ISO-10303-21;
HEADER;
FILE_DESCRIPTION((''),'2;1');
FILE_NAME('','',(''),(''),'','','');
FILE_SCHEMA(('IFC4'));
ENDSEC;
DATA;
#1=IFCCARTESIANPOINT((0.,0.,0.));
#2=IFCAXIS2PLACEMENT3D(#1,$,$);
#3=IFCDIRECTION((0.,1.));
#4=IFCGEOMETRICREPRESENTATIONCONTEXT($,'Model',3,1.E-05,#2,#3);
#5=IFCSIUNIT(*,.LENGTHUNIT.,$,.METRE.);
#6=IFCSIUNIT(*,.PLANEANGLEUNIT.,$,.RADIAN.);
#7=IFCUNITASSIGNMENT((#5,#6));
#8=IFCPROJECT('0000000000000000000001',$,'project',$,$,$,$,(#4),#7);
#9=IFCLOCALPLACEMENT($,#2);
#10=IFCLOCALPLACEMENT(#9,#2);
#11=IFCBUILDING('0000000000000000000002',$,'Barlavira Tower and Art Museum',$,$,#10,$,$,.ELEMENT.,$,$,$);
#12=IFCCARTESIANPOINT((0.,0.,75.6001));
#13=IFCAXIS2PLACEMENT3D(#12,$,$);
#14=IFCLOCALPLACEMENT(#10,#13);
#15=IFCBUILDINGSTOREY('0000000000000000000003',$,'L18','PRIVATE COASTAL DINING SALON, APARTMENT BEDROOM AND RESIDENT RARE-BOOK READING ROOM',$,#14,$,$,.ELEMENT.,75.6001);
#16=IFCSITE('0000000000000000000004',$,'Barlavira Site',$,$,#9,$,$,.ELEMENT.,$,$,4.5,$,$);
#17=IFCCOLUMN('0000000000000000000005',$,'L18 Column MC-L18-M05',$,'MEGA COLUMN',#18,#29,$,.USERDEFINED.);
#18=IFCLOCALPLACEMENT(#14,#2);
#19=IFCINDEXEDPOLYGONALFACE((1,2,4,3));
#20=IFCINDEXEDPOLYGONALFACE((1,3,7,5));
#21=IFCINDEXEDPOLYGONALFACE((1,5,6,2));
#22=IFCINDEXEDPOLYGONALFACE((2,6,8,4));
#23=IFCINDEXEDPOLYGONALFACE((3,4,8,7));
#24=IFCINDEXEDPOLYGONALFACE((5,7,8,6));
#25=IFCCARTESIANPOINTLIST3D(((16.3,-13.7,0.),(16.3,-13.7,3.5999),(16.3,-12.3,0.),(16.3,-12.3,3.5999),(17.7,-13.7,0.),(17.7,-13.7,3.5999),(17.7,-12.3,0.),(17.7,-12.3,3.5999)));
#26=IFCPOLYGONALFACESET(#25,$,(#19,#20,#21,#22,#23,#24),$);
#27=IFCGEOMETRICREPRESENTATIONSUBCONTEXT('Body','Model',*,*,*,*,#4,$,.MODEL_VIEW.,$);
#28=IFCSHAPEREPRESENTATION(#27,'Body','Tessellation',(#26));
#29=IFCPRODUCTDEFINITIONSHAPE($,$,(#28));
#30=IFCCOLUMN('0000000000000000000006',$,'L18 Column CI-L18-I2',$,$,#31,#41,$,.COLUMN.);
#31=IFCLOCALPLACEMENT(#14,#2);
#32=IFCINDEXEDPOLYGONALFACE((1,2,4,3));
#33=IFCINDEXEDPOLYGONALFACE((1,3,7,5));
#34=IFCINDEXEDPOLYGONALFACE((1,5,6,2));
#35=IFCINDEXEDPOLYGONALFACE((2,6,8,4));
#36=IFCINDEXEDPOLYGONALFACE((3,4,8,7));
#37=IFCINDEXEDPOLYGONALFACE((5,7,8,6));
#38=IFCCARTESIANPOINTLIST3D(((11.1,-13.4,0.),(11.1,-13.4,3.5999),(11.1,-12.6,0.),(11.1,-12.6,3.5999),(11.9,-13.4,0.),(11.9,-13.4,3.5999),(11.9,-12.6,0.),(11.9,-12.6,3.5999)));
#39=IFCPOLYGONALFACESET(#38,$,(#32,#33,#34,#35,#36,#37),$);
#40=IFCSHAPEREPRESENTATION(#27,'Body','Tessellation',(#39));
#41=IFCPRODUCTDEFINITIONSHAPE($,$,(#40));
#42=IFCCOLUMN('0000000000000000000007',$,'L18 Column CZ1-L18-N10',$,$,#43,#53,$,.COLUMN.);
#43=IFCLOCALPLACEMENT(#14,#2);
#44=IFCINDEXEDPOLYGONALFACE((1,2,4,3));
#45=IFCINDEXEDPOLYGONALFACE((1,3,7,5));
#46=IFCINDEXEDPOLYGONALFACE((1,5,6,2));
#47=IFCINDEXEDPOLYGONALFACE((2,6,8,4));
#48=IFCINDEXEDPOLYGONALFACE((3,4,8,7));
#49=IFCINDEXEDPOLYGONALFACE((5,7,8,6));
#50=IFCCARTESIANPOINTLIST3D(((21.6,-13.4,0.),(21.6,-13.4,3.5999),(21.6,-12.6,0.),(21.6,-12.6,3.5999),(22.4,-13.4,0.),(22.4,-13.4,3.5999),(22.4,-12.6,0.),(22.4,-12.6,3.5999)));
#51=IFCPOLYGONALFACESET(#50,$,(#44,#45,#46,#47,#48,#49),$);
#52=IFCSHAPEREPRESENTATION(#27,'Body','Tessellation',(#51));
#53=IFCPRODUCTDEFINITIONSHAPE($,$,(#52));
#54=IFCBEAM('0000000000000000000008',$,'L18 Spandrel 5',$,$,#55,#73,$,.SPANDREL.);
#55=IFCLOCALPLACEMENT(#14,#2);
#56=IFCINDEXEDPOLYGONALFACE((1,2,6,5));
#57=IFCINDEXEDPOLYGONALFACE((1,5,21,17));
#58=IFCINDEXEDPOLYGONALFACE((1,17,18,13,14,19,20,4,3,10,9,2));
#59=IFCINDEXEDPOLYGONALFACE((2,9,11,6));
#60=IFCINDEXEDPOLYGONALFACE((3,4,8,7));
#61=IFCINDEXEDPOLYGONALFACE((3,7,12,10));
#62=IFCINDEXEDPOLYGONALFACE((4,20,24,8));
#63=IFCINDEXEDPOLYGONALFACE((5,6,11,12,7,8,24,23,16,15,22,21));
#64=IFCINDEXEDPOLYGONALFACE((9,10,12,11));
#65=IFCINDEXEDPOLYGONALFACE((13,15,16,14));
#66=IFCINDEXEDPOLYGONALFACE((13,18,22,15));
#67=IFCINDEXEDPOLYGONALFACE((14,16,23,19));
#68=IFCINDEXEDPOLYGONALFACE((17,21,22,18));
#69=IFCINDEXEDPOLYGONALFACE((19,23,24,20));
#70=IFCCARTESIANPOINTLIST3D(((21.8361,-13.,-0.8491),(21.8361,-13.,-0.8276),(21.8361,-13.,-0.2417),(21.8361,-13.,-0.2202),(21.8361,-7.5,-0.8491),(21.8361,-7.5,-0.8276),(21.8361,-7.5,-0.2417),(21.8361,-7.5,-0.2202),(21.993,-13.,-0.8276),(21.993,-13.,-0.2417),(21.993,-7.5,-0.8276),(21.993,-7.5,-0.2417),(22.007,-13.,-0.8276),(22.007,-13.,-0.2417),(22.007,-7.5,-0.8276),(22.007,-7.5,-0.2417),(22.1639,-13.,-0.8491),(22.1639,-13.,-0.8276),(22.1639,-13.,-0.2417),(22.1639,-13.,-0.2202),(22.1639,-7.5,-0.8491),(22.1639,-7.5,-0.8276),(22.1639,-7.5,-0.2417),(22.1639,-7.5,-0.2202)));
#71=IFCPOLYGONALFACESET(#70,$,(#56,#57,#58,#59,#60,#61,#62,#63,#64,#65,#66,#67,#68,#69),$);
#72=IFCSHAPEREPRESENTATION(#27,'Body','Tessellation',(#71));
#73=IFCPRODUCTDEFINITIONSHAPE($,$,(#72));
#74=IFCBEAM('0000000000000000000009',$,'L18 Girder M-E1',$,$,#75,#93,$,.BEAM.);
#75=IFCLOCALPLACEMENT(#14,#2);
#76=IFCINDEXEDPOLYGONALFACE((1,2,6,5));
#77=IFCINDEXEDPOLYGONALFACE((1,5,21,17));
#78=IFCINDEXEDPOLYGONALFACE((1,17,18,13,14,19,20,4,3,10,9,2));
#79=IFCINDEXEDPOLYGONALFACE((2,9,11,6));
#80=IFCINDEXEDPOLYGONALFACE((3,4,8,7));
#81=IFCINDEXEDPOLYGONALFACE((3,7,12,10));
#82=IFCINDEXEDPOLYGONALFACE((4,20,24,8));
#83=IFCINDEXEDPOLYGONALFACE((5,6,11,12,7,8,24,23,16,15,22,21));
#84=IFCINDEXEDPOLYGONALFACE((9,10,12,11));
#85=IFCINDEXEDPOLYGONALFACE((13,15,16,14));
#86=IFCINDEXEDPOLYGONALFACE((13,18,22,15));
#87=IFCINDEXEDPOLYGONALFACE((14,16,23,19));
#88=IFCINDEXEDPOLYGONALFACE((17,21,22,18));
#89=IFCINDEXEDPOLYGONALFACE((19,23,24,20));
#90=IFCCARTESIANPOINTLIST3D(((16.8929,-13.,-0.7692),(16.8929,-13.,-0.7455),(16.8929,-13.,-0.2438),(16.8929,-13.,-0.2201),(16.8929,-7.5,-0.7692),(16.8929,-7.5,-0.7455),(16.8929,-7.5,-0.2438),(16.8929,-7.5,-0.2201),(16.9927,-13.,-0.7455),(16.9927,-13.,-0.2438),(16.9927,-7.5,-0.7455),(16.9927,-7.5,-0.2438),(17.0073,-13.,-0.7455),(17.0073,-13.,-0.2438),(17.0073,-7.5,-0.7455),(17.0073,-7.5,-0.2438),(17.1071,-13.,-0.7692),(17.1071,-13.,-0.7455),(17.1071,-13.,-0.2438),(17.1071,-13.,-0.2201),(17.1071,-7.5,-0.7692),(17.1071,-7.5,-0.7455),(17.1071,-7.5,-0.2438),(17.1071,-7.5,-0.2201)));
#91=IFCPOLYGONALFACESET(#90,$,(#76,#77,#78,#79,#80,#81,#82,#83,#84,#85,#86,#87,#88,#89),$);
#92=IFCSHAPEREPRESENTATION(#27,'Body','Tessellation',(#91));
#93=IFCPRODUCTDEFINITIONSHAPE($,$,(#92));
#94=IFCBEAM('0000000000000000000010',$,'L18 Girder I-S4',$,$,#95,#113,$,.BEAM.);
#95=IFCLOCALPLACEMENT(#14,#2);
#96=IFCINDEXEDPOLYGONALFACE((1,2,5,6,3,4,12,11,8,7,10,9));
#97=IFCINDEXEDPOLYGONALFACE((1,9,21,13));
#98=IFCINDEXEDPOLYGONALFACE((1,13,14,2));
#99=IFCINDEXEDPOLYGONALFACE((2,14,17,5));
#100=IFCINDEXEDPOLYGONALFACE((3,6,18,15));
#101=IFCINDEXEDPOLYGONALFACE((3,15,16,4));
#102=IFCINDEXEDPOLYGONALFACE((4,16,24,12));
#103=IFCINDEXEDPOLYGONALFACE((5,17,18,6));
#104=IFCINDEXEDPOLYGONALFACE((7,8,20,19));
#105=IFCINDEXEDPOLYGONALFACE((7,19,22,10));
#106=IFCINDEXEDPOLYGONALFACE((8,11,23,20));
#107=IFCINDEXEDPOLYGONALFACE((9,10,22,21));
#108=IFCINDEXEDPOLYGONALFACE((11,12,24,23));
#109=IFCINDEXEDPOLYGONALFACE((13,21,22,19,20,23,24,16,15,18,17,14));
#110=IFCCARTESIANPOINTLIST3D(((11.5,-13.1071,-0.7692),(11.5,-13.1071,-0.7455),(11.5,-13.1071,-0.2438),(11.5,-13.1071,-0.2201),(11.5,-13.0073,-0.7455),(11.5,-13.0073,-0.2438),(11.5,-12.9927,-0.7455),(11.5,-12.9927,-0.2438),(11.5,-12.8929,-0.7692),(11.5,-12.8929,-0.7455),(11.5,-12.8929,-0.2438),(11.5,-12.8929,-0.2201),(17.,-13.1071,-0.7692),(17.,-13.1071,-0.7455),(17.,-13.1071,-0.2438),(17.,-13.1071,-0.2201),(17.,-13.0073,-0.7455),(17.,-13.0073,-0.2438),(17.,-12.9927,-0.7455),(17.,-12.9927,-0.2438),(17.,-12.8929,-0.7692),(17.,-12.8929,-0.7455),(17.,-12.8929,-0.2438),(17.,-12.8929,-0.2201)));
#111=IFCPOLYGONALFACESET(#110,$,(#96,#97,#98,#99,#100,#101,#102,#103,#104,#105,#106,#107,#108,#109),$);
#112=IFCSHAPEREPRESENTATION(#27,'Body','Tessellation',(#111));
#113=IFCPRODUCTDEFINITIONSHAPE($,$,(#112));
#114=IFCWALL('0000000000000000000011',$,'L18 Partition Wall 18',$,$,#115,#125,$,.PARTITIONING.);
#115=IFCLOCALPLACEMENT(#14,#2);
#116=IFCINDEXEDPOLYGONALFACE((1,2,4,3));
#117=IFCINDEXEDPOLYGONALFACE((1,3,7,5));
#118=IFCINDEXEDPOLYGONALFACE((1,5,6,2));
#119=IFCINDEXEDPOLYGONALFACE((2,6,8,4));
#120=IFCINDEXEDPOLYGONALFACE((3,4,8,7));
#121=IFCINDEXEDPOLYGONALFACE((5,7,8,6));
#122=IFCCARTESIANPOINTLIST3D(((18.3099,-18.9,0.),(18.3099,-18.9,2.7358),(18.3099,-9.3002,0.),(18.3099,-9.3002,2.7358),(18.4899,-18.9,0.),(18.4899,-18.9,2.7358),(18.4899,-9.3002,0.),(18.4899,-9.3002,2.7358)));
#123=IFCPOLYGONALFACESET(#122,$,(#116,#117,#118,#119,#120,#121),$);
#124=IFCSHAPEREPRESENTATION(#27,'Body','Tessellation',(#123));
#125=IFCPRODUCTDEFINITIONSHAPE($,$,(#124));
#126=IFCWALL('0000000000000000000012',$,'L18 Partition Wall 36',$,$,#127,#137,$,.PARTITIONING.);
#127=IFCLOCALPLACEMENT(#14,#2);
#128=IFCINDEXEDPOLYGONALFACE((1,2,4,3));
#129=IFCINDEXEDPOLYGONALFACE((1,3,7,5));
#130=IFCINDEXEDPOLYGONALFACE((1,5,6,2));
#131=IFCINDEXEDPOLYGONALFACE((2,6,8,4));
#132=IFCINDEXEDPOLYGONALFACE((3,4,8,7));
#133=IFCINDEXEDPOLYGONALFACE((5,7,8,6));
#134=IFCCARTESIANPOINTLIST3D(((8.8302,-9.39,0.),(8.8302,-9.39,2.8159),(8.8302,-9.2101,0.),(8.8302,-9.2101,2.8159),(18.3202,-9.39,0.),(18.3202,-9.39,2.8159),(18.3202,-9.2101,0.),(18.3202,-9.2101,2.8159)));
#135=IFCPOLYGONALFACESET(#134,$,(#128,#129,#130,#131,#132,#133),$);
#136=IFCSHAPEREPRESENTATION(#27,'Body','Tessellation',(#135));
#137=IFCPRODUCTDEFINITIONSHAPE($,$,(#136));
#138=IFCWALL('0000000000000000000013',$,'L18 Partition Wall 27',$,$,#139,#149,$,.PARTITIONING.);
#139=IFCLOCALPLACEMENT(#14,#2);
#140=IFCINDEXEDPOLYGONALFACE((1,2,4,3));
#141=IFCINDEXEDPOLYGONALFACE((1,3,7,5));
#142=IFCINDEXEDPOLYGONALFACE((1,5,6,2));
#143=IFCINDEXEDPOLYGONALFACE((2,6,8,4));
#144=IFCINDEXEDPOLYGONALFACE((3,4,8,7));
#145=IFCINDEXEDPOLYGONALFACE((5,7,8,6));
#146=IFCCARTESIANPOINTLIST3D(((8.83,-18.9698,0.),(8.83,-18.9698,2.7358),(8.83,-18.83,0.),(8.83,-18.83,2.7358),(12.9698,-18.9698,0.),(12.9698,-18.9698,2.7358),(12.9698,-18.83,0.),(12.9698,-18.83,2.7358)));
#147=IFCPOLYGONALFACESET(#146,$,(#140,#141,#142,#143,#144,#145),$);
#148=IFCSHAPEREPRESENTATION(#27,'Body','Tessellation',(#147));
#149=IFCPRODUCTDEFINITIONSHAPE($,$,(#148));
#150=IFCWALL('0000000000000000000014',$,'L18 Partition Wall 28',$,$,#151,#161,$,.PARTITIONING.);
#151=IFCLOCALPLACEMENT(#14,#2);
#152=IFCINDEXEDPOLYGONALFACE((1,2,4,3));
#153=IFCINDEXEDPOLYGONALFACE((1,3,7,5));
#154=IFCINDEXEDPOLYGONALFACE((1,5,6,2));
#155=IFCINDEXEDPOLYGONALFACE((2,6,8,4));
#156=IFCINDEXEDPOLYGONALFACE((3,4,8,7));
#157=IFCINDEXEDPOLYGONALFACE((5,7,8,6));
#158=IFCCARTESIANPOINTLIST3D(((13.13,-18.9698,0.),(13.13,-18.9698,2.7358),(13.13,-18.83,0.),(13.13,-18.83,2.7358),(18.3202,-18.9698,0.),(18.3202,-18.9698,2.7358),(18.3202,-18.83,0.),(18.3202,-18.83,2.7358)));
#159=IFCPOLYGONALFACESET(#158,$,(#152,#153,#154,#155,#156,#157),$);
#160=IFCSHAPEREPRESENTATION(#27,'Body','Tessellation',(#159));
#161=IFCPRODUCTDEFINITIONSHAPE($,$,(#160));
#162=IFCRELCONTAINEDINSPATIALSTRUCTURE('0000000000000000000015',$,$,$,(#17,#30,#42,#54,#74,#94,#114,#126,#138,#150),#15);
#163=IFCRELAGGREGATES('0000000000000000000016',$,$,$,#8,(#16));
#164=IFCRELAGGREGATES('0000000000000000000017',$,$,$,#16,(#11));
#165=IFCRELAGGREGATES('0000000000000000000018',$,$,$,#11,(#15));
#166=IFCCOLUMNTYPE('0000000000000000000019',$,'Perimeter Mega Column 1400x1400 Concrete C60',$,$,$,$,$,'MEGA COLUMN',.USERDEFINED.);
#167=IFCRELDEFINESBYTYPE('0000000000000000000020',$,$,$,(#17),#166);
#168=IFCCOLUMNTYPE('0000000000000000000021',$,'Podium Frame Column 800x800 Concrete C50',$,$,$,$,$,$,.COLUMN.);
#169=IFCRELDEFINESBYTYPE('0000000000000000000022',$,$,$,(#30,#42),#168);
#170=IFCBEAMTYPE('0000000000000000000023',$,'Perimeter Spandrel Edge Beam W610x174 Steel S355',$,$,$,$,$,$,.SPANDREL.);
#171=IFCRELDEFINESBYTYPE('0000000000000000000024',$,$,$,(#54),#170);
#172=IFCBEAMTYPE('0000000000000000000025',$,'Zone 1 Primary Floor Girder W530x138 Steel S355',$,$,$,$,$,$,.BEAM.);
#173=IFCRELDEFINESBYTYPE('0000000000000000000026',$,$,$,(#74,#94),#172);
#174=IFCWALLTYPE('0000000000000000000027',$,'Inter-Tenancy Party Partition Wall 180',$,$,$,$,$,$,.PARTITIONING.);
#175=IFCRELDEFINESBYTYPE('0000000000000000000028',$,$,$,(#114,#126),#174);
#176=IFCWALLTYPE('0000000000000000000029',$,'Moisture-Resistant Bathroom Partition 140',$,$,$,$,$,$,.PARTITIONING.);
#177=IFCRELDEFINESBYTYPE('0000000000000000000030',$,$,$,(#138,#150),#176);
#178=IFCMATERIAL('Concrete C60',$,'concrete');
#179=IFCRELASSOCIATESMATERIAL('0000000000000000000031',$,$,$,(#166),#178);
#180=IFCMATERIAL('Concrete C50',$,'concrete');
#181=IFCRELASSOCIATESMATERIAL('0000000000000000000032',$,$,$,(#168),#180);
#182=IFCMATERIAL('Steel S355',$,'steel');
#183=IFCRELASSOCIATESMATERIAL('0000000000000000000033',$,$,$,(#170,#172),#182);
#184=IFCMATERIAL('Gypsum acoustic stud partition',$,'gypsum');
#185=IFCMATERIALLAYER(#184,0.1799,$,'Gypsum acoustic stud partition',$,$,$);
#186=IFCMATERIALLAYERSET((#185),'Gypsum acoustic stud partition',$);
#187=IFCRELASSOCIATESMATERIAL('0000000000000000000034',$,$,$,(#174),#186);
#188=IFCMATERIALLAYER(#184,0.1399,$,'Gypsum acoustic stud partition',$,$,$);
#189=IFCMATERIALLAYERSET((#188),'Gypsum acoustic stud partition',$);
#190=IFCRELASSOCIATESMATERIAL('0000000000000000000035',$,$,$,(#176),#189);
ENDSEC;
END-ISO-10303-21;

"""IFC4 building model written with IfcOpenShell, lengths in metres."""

from ifc_helpers import new_model, si_unit, direction, frame, frame_2d, origin, origin_2d, place, context, subcontext, project, spatial, rectangle, i_section, extrude, material, layer, layer_set, material_profile, profile_set, type_object, element, save


model = new_model("IFC4")

# Units and contexts
model_context = context("Model", 3, precision=1e-05, world=origin(), true_north=direction((0.0, 1.0)))
body_context = subcontext(model_context, "Body", "Model", "MODEL_VIEW")
ifc_project = project(units=[si_unit("LENGTHUNIT", "METRE"), si_unit("PLANEANGLEUNIT", "RADIAN")], contexts=[model_context])

# Site, building, storey
site_placement = place(None, origin())
site = spatial("IfcSite", under=ifc_project, at=site_placement, Name="Barlavira Site", CompositionType="ELEMENT", RefElevation=4.5)
building_placement = place(site_placement, origin())
building = spatial("IfcBuilding", under=site, at=building_placement, Name="Barlavira Tower and Art Museum", CompositionType="ELEMENT")
storey_placement = place(building_placement, frame((0.0, 0.0, 75.6001)))
storey = spatial("IfcBuildingStorey", under=building, at=storey_placement, Name="L18", Description="PRIVATE COASTAL DINING SALON, APARTMENT BEDROOM AND RESIDENT RARE-BOOK READING ROOM", CompositionType="ELEMENT", Elevation=75.6001)

# Columns
ifc_material_1 = material(Name="Concrete C60", Category="concrete")
ifc_material_profile_1 = material_profile(ifc_material_1, rectangle(XDim=1.3999, YDim=1.3999, at=origin_2d()), Name="RC-MCOL 1400x1400")
ifc_profile_set_1 = profile_set([ifc_material_profile_1], Name="Concrete C60")
column_type_1 = type_object("IfcColumnType", Name="Perimeter Mega Column 1400x1400 Concrete C60", ElementType="MEGA COLUMN", PredefinedType="USERDEFINED", material=ifc_profile_set_1)
column_placement = place(storey_placement, frame((17.0, -13.0, 0.0), z_axis=(0.0, 0.0, 1.0), x_axis=(1.0, 0.0, 0.0)))
element("IfcColumn", 1, at=column_placement, inside=storey, type_object=column_type_1, Name="L18 Column MC-L18-M05", ObjectType="MEGA COLUMN", PredefinedType="USERDEFINED", context=body_context, shape_type="SweptSolid", body=[
    extrude(rectangle(XDim=1.3999, YDim=1.3999, at=origin_2d()), origin(), (0.0, 0.0, 1.0), 3.5999),
])
ifc_material_2 = material(Name="Concrete C50", Category="concrete")
ifc_material_profile_2 = material_profile(ifc_material_2, rectangle(XDim=0.8, YDim=0.8, at=origin_2d()), Name="RC-COL 800x800")
ifc_profile_set_2 = profile_set([ifc_material_profile_2], Name="Concrete C50")
column_type_2 = type_object("IfcColumnType", Name="Podium Frame Column 800x800 Concrete C50", PredefinedType="COLUMN", material=ifc_profile_set_2)
for number, where, z_axis, x_axis, name in (
    (2, (11.5, -13.0, 0.0), (0.0, 0.0, 1.0), (1.0, 0.0, 0.0), "L18 Column CI-L18-I2"),
    (3, (22.0, -13.0, 0.0), (0.0, 0.0, 1.0), (1.0, 0.0, 0.0), "L18 Column CZ1-L18-N10"),
):
    element("IfcColumn", number, at=place(storey_placement, frame(where, z_axis=z_axis, x_axis=x_axis)), inside=storey, type_object=column_type_2, Name=name, PredefinedType="COLUMN", context=body_context, shape_type="SweptSolid", body=[
        extrude(rectangle(XDim=0.8, YDim=0.8, at=origin_2d()), origin(), (0.0, 0.0, 1.0), 3.5999),
    ])

# Beams
ifc_material_3 = material(Name="Steel S355", Category="steel")
ifc_material_profile_3 = material_profile(ifc_material_3, i_section(OverallWidth=0.3279, OverallDepth=0.6289, WebThickness=0.0139, FlangeThickness=0.0215, at=origin_2d()), Name="W610x174.0")
ifc_profile_set_3 = profile_set([ifc_material_profile_3], Name="Steel S355")
beam_type_1 = type_object("IfcBeamType", Name="Perimeter Spandrel Edge Beam W610x174 Steel S355", PredefinedType="SPANDREL", material=ifc_profile_set_3)
beam_placement = place(storey_placement, frame((22.0, -13.0, -0.5347), z_axis=(0.0, 1.0, 0.0), x_axis=(-1.0, 0.0, 0.0)))
element("IfcBeam", 4, at=beam_placement, inside=storey, type_object=beam_type_1, Name="L18 Spandrel 5", PredefinedType="SPANDREL", context=body_context, shape_type="SweptSolid", body=[
    extrude(i_section(OverallWidth=0.3279, OverallDepth=0.6289, WebThickness=0.0139, FlangeThickness=0.0215, at=origin_2d()), origin(), (0.0, 0.0, 1.0), 5.5),
])
ifc_material_profile_4 = material_profile(ifc_material_3, i_section(OverallWidth=0.2141, OverallDepth=0.5491, WebThickness=0.0146, FlangeThickness=0.0237, at=origin_2d()), Name="W530x138.0")
ifc_profile_set_4 = profile_set([ifc_material_profile_4], Name="Steel S355")
beam_type_2 = type_object("IfcBeamType", Name="Zone 1 Primary Floor Girder W530x138 Steel S355", PredefinedType="BEAM", material=ifc_profile_set_4)
for number, where, z_axis, x_axis, name in (
    (5, (17.0, -13.0, -0.4946), (0.0, 1.0, 0.0), (-1.0, 0.0, 0.0), "L18 Girder M-E1"),
    (6, (11.5, -13.0, -0.4946), (1.0, 0.0, 0.0), (0.0, 1.0, 0.0), "L18 Girder I-S4"),
):
    element("IfcBeam", number, at=place(storey_placement, frame(where, z_axis=z_axis, x_axis=x_axis)), inside=storey, type_object=beam_type_2, Name=name, PredefinedType="BEAM", context=body_context, shape_type="SweptSolid", body=[
        extrude(i_section(OverallWidth=0.2141, OverallDepth=0.5491, WebThickness=0.0146, FlangeThickness=0.0237, at=origin_2d()), origin(), (0.0, 0.0, 1.0), 5.5),
    ])

# Walls
ifc_material_4 = material(Name="Gypsum acoustic stud partition", Category="gypsum")
ifc_layer_1 = layer(ifc_material_4, 0.1799, Name="Gypsum acoustic stud partition")
ifc_layer_set_1 = layer_set([ifc_layer_1], Name="Gypsum acoustic stud partition")
wall_type_1 = type_object("IfcWallType", Name="Inter-Tenancy Party Partition Wall 180", PredefinedType="PARTITIONING", material=ifc_layer_set_1)
wall_1_placement = place(storey_placement, frame((18.3999, -18.8999, 0.0), z_axis=(0.0, 0.0, 1.0), x_axis=(0.0, 1.0, 0.0)))
element("IfcWall", 7, at=wall_1_placement, inside=storey, type_object=wall_type_1, Name="L18 Partition Wall 18", PredefinedType="PARTITIONING", context=body_context, shape_type="SweptSolid", body=[
    extrude(rectangle(XDim=9.5999, YDim=0.1799, at=frame_2d((4.7998, 0.0))), origin(), (0.0, 0.0, 1.0), 2.7358),
])
wall_2_placement = place(storey_placement, frame((8.8301, -9.3, 0.0), z_axis=(0.0, 0.0, 1.0), x_axis=(1.0, 0.0, 0.0)))
element("IfcWall", 8, at=wall_2_placement, inside=storey, type_object=wall_type_1, Name="L18 Partition Wall 36", PredefinedType="PARTITIONING", context=body_context, shape_type="SweptSolid", body=[
    extrude(rectangle(XDim=9.49, YDim=0.1799, at=frame_2d((4.7451, 0.0))), origin(), (0.0, 0.0, 1.0), 2.8159),
])
ifc_layer_2 = layer(ifc_material_4, 0.1399, Name="Gypsum acoustic stud partition")
ifc_layer_set_2 = layer_set([ifc_layer_2], Name="Gypsum acoustic stud partition")
wall_type_2 = type_object("IfcWallType", Name="Moisture-Resistant Bathroom Partition 140", PredefinedType="PARTITIONING", material=ifc_layer_set_2)
wall_3_placement = place(storey_placement, frame((8.8301, -18.8999, 0.0), z_axis=(0.0, 0.0, 1.0), x_axis=(1.0, 0.0, 0.0)))
element("IfcWall", 9, at=wall_3_placement, inside=storey, type_object=wall_type_2, Name="L18 Partition Wall 27", PredefinedType="PARTITIONING", context=body_context, shape_type="SweptSolid", body=[
    extrude(rectangle(XDim=4.1399, YDim=0.1399, at=frame_2d((2.0698, 0.0))), origin(), (0.0, 0.0, 1.0), 2.7358),
])
wall_4_placement = place(storey_placement, frame((13.1299, -18.8999, 0.0), z_axis=(0.0, 0.0, 1.0), x_axis=(1.0, 0.0, 0.0)))
element("IfcWall", 10, at=wall_4_placement, inside=storey, type_object=wall_type_2, Name="L18 Partition Wall 28", PredefinedType="PARTITIONING", context=body_context, shape_type="SweptSolid", body=[
    extrude(rectangle(XDim=5.1902, YDim=0.1399, at=frame_2d((2.5952, 0.0))), origin(), (0.0, 0.0, 1.0), 2.7358),
])

save(model, "model.ifc")
